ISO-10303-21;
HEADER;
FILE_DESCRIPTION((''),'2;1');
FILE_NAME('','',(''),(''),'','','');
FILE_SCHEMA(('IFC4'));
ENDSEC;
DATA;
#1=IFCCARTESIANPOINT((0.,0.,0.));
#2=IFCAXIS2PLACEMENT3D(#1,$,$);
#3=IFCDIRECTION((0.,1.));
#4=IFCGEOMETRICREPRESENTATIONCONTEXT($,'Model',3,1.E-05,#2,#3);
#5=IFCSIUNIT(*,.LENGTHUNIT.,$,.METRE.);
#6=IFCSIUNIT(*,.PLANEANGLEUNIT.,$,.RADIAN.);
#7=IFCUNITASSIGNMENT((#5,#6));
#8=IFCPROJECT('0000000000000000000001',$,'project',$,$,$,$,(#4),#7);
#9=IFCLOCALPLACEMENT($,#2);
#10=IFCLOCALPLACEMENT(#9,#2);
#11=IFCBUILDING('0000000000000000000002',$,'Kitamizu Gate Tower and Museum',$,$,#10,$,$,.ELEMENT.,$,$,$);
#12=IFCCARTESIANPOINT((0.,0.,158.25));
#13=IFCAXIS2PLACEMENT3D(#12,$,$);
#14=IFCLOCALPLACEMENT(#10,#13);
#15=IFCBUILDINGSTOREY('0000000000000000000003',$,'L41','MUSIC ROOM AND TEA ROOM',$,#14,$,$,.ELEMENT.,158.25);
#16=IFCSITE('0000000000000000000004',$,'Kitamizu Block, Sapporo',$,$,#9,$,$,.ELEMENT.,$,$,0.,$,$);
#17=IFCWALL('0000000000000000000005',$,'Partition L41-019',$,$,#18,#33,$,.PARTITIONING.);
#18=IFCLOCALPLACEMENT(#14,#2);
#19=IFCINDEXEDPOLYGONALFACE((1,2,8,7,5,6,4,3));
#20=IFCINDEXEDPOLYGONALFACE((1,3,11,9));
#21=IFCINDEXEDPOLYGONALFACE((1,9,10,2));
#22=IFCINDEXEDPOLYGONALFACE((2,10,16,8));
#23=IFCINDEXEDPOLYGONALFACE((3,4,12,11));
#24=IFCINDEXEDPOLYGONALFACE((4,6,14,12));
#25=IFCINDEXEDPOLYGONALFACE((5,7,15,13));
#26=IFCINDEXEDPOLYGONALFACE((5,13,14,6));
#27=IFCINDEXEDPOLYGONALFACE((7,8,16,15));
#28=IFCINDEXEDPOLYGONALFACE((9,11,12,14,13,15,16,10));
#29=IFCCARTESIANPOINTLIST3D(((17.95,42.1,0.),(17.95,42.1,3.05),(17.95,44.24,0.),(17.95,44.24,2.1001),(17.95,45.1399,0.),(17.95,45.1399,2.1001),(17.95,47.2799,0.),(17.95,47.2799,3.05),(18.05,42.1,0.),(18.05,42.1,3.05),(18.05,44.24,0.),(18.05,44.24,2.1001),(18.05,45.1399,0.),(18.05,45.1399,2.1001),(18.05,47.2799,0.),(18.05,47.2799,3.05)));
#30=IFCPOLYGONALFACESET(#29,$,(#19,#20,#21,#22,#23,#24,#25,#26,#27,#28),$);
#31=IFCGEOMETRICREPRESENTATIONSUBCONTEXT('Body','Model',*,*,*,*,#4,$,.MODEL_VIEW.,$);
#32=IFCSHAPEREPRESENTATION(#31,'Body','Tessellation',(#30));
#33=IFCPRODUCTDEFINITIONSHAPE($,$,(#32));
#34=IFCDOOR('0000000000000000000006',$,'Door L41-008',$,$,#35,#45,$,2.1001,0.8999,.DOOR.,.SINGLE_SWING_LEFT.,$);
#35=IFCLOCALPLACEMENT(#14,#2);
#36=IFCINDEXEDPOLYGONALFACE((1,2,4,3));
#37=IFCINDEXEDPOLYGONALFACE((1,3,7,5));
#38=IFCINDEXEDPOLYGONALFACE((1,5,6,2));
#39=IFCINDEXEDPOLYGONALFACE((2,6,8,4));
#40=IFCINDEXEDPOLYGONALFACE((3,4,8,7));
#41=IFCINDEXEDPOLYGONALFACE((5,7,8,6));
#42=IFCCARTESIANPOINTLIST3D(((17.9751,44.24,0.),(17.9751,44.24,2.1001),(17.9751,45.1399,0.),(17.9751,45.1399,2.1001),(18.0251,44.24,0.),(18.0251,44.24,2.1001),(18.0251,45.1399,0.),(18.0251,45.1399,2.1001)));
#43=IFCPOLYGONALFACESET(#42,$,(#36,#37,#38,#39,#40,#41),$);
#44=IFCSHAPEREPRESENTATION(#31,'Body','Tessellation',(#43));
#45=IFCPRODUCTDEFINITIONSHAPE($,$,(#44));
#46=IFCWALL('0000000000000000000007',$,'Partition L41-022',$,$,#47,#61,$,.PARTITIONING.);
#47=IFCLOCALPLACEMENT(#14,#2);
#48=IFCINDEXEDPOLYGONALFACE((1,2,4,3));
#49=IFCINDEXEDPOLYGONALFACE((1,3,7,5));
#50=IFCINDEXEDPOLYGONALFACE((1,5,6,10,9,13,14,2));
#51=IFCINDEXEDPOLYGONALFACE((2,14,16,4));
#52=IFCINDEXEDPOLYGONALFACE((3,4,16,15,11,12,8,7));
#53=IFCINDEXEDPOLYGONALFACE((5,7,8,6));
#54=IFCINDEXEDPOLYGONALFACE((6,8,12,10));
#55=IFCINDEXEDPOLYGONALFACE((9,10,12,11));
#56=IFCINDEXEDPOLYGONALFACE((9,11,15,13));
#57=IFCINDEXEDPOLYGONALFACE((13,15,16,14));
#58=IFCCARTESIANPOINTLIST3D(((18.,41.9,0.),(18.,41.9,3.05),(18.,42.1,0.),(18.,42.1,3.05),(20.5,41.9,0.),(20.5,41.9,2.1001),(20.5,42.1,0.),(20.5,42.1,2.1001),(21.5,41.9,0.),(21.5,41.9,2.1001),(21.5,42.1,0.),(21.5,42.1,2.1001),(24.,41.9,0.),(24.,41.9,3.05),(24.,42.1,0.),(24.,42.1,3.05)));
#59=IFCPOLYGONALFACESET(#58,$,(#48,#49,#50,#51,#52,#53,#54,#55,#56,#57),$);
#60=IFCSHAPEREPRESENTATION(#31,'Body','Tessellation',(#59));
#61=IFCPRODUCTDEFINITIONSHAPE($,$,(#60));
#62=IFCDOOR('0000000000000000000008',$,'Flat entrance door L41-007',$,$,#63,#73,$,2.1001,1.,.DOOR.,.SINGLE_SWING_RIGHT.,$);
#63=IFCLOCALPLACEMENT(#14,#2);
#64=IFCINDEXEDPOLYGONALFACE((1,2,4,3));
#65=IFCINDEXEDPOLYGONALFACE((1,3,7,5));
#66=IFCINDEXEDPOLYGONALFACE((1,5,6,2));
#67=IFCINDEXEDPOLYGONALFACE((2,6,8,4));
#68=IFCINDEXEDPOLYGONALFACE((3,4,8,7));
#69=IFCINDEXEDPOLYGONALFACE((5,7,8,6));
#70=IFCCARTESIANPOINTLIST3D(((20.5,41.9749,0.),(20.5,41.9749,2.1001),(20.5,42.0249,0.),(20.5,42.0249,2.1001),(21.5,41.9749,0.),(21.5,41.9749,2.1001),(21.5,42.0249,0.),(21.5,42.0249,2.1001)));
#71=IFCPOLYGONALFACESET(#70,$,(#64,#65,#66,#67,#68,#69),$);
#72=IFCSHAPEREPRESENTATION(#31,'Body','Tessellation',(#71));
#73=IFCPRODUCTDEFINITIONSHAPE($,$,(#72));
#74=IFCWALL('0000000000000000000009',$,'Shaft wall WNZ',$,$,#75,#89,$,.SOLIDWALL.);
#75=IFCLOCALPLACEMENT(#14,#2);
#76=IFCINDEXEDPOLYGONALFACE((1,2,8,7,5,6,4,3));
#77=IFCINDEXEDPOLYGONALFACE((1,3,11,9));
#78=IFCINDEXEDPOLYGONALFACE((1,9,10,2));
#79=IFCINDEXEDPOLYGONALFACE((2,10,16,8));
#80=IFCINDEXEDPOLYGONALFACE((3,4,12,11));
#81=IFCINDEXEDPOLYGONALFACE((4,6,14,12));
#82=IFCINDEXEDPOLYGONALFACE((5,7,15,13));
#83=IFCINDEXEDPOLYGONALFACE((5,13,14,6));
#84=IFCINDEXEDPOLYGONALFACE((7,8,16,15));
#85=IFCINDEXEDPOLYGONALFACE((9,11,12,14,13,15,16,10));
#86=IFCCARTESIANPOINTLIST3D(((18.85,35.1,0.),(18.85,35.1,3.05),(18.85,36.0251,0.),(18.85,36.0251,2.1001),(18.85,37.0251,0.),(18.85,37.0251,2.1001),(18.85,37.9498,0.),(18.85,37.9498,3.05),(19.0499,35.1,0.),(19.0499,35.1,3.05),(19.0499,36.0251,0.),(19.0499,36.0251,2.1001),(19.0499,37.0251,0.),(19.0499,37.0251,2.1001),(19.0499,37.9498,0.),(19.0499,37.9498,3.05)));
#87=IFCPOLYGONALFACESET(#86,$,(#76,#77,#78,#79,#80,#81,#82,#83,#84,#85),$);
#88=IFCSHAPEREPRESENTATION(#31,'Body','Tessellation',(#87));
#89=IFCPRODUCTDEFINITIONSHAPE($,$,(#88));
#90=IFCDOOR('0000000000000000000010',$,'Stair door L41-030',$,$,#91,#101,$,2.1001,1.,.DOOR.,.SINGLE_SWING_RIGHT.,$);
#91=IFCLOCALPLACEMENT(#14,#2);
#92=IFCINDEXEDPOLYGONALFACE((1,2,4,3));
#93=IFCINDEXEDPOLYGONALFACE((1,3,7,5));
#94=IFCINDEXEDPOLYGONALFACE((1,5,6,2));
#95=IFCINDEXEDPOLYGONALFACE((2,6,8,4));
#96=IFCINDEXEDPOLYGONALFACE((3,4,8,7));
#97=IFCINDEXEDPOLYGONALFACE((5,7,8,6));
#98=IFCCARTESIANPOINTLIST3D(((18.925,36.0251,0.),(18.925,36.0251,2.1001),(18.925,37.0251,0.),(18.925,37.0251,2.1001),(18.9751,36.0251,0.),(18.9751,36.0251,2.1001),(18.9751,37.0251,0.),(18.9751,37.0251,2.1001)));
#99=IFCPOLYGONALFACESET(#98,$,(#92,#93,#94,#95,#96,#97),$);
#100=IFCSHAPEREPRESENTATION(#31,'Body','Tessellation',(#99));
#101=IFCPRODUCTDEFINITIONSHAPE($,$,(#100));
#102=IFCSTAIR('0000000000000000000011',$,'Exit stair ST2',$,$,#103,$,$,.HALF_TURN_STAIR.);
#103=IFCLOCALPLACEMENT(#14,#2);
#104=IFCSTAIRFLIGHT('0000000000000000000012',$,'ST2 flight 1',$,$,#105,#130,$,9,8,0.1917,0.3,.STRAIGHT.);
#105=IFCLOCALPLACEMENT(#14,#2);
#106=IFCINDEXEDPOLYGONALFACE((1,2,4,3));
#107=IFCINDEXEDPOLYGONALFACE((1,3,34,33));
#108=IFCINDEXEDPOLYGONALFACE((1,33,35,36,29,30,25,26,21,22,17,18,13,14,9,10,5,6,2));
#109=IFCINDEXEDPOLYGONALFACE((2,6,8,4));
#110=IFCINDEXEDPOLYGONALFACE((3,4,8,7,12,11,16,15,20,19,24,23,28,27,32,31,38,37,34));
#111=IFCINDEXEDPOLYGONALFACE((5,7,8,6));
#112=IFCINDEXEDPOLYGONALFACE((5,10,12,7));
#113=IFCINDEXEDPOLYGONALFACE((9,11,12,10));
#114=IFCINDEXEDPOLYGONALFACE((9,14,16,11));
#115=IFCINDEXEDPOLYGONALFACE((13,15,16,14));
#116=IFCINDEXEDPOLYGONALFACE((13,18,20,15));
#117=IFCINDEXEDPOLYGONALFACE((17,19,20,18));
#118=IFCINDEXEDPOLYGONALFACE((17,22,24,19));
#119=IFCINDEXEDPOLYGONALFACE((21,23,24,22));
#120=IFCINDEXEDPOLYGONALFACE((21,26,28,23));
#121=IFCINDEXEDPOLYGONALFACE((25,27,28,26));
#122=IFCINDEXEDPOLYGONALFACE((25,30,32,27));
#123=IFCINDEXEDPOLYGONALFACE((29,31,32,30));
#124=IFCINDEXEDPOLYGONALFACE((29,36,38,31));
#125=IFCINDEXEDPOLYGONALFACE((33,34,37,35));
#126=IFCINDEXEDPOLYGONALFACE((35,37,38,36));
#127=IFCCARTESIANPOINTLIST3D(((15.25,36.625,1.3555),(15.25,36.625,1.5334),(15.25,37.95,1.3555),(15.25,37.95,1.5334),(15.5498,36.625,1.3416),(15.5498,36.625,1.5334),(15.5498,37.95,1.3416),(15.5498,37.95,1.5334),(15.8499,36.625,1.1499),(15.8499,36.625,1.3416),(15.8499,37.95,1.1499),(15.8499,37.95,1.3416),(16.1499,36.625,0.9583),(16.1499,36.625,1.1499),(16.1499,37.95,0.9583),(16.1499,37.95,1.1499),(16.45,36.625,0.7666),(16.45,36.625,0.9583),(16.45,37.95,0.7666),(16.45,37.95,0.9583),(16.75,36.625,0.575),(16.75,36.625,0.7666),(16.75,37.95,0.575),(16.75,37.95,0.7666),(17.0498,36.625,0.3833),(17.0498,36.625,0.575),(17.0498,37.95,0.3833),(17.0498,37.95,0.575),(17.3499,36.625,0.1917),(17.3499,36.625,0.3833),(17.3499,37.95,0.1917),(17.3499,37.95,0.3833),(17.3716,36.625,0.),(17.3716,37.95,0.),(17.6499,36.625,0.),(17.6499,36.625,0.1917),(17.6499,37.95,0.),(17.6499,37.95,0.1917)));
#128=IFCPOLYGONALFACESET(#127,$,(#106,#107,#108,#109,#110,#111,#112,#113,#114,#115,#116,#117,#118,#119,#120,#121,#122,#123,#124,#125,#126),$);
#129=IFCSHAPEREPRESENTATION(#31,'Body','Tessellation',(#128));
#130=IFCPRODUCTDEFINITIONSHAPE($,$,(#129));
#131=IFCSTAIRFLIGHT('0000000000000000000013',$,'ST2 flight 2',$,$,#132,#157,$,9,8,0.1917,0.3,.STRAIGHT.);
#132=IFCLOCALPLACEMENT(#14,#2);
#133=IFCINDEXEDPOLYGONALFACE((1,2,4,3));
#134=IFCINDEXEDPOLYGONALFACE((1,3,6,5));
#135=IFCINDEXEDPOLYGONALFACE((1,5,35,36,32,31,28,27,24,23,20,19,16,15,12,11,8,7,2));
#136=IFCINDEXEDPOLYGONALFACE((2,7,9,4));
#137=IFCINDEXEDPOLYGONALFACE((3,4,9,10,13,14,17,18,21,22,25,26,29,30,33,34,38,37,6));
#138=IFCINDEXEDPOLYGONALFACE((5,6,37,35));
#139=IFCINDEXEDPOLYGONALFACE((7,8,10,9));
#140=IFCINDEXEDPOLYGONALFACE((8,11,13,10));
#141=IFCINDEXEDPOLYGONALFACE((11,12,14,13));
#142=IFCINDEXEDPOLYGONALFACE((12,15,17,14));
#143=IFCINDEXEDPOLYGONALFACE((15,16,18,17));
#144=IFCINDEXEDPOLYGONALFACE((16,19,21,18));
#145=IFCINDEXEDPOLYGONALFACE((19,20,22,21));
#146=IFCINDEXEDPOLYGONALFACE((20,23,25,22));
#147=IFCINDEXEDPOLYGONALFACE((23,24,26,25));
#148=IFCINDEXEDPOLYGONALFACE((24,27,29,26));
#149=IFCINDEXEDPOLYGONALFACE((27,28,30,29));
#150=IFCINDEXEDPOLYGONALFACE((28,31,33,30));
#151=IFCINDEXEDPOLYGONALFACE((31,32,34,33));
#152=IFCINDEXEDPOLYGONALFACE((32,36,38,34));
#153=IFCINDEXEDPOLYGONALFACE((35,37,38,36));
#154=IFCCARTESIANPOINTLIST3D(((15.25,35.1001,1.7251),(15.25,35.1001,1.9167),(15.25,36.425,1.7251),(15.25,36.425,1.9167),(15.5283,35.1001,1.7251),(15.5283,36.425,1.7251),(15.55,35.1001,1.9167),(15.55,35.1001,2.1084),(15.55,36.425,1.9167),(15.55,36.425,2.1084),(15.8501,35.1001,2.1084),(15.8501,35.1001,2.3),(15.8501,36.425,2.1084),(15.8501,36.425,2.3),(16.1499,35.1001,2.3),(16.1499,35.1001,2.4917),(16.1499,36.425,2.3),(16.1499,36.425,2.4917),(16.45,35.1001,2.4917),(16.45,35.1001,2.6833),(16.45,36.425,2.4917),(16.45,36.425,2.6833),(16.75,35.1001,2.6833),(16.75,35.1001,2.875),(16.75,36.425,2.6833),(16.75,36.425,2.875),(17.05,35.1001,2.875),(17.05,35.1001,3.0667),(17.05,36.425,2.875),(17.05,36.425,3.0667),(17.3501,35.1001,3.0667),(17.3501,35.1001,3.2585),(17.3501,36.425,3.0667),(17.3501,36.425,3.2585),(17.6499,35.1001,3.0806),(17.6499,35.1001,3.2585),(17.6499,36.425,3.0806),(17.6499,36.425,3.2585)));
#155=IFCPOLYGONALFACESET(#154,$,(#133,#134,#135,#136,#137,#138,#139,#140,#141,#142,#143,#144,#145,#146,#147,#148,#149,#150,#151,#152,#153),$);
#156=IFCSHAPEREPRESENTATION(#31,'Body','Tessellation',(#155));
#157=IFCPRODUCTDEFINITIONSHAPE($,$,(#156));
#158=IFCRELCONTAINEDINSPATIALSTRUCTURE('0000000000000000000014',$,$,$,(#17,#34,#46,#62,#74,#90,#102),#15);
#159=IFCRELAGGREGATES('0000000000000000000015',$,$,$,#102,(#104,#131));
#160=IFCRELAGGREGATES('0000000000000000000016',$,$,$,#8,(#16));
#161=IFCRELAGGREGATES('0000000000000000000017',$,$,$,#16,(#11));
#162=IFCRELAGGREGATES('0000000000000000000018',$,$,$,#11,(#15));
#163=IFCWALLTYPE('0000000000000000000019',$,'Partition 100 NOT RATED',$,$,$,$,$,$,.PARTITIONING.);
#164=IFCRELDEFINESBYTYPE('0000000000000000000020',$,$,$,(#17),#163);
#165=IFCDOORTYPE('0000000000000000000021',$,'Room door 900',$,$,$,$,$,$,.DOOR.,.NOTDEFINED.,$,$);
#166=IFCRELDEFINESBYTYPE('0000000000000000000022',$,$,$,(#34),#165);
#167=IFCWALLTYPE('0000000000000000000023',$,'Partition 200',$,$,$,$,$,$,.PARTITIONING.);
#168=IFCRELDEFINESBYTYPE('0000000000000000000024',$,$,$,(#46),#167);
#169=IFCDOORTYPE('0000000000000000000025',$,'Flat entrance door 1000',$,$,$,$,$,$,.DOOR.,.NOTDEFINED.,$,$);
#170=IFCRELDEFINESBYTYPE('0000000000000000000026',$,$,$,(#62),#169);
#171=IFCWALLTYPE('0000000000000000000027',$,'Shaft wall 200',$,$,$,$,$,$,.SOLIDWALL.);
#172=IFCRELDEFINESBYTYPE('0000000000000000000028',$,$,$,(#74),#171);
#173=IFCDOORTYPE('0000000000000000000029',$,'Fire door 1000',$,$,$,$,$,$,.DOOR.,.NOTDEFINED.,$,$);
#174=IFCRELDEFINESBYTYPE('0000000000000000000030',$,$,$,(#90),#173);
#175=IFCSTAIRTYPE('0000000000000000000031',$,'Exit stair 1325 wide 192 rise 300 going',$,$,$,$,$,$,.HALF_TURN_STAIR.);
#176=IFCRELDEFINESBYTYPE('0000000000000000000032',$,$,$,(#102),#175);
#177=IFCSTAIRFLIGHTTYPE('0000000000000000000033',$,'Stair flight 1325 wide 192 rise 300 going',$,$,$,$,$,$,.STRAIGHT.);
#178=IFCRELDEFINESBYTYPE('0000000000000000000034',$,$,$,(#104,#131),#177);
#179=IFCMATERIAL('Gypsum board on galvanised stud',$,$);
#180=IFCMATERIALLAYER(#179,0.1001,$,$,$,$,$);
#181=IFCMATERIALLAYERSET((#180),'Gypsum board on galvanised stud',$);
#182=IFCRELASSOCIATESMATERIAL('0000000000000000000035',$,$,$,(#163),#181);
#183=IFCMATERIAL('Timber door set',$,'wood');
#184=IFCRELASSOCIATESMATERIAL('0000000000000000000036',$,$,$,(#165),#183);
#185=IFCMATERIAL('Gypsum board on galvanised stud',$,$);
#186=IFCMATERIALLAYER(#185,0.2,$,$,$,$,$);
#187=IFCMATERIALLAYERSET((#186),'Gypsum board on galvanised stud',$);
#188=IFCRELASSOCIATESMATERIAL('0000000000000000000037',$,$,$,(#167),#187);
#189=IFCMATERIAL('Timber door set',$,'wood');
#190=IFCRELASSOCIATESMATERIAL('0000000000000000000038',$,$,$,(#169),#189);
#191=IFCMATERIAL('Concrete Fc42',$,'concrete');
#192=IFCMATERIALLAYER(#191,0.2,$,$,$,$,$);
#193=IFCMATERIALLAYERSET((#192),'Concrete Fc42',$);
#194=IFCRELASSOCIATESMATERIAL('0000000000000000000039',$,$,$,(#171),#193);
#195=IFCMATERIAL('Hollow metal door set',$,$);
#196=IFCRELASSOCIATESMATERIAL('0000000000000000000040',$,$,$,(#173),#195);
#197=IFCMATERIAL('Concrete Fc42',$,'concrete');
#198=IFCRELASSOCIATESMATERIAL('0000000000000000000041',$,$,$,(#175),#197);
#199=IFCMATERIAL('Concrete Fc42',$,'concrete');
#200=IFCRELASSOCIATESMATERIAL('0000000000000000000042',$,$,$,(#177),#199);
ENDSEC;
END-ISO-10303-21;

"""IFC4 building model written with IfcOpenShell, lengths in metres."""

from ifc_helpers import new_model, si_unit, direction, frame, frame_2d, origin, place, context, subcontext, project, spatial, polyline, rectangle, outline, extrude, material, layer, layer_set, type_object, element, fill, aggregate, save


model = new_model("IFC4")

# Units and contexts
model_context = context("Model", 3, precision=1e-05, world=origin(), true_north=direction((0.0, 1.0)))
body_context = subcontext(model_context, "Body", "Model", "MODEL_VIEW")
ifc_project = project(units=[si_unit("LENGTHUNIT", "METRE"), si_unit("PLANEANGLEUNIT", "RADIAN")], contexts=[model_context])

# Site, building, storey
site_placement = place(None, origin())
site = spatial("IfcSite", under=ifc_project, at=site_placement, Name="Kitamizu Block, Sapporo", CompositionType="ELEMENT", RefElevation=0.0)
building_placement = place(site_placement, origin())
building = spatial("IfcBuilding", under=site, at=building_placement, Name="Kitamizu Gate Tower and Museum", CompositionType="ELEMENT")
storey_placement = place(building_placement, frame((0.0, 0.0, 158.25)))
storey = spatial("IfcBuildingStorey", under=building, at=storey_placement, Name="L41", Description="MUSIC ROOM AND TEA ROOM", CompositionType="ELEMENT", Elevation=158.25)

# Walls, openings, doors
ifc_material_1 = material(Name="Gypsum board on galvanised stud")
ifc_layer_1 = layer(ifc_material_1, 0.1001)
ifc_layer_set_1 = layer_set([ifc_layer_1], Name="Gypsum board on galvanised stud")
wall_type_1 = type_object("IfcWallType", Name="Partition 100 NOT RATED", PredefinedType="PARTITIONING", material=ifc_layer_set_1)
wall_1_placement = place(storey_placement, frame((18.0, 42.1001, 0.0), z_axis=(0.0, 0.0, 1.0), x_axis=(0.0, 1.0, 0.0)))
wall_1 = element("IfcWall", 1, at=wall_1_placement, inside=storey, type_object=wall_type_1, Name="Partition L41-019", PredefinedType="PARTITIONING", context=body_context, shape_type="SweptSolid", body=[
    extrude(rectangle(XDim=5.1799, YDim=0.1001, at=frame_2d((2.5898, 0.0))), origin(), (0.0, 0.0, 1.0), 3.05),
])
opening_1_placement = place(wall_1_placement, frame((2.1399, 0.0, 0.0)))
opening_1 = element("IfcOpeningElement", 2, at=opening_1_placement, cuts=wall_1, PredefinedType="OPENING", context=body_context, shape_type="SweptSolid", body=[
    extrude(rectangle(XDim=0.8999, YDim=2.1001, at=frame_2d((0.45, 1.05))), frame((0.0, 0.0601, 0.0), z_axis=(0.0, -1.0, 0.0), x_axis=(1.0, 0.0, 0.0)), (0.0, 0.0, 1.0), 0.1201),
])
ifc_material_2 = material(Name="Timber door set", Category="wood")
door_type_1 = type_object("IfcDoorType", Name="Room door 900", OperationType="NOTDEFINED", PredefinedType="DOOR", material=ifc_material_2)
door_1_placement = place(opening_1_placement, origin())
door_1 = element("IfcDoor", 3, at=door_1_placement, inside=storey, type_object=door_type_1, Name="Door L41-008", OperationType="SINGLE_SWING_LEFT", OverallHeight=2.1001, OverallWidth=0.8999, PredefinedType="DOOR", context=body_context, shape_type="SweptSolid", body=[
    extrude(rectangle(XDim=0.8999, YDim=2.1001, at=frame_2d((0.45, 1.05))), frame((0.0, 0.0249, 0.0), z_axis=(0.0, -1.0, 0.0), x_axis=(1.0, 0.0, 0.0)), (0.0, 0.0, 1.0), 0.05),
])
fill(opening_1, door_1)
ifc_material_3 = material(Name="Gypsum board on galvanised stud")
ifc_layer_2 = layer(ifc_material_3, 0.2)
ifc_layer_set_2 = layer_set([ifc_layer_2], Name="Gypsum board on galvanised stud")
wall_type_2 = type_object("IfcWallType", Name="Partition 200", PredefinedType="PARTITIONING", material=ifc_layer_set_2)
wall_2_placement = place(storey_placement, frame((18.0, 42.0, 0.0), z_axis=(0.0, 0.0, 1.0), x_axis=(1.0, 0.0, 0.0)))
wall_2 = element("IfcWall", 4, at=wall_2_placement, inside=storey, type_object=wall_type_2, Name="Partition L41-022", PredefinedType="PARTITIONING", context=body_context, shape_type="SweptSolid", body=[
    extrude(rectangle(XDim=6.0, YDim=0.2, at=frame_2d((3.0, 0.0))), origin(), (0.0, 0.0, 1.0), 3.05),
])
opening_2_placement = place(wall_2_placement, frame((2.5, 0.0, 0.0)))
opening_2 = element("IfcOpeningElement", 5, at=opening_2_placement, cuts=wall_2, PredefinedType="OPENING", context=body_context, shape_type="SweptSolid", body=[
    extrude(rectangle(XDim=1.0, YDim=2.1001, at=frame_2d((0.5, 1.05))), frame((0.0, 0.1099, 0.0), z_axis=(0.0, -1.0, 0.0), x_axis=(1.0, 0.0, 0.0)), (0.0, 0.0, 1.0), 0.22),
])
ifc_material_4 = material(Name="Timber door set", Category="wood")
door_type_2 = type_object("IfcDoorType", Name="Flat entrance door 1000", OperationType="NOTDEFINED", PredefinedType="DOOR", material=ifc_material_4)
door_2_placement = place(opening_2_placement, origin())
door_2 = element("IfcDoor", 6, at=door_2_placement, inside=storey, type_object=door_type_2, Name="Flat entrance door L41-007", OperationType="SINGLE_SWING_RIGHT", OverallHeight=2.1001, OverallWidth=1.0, PredefinedType="DOOR", context=body_context, shape_type="SweptSolid", body=[
    extrude(rectangle(XDim=1.0, YDim=2.1001, at=frame_2d((0.5, 1.05))), frame((0.0, 0.0249, 0.0), z_axis=(0.0, -1.0, 0.0), x_axis=(1.0, 0.0, 0.0)), (0.0, 0.0, 1.0), 0.05),
])
fill(opening_2, door_2)
ifc_material_5 = material(Name="Concrete Fc42", Category="concrete")
ifc_layer_3 = layer(ifc_material_5, 0.2)
ifc_layer_set_3 = layer_set([ifc_layer_3], Name="Concrete Fc42")
wall_type_3 = type_object("IfcWallType", Name="Shaft wall 200", PredefinedType="SOLIDWALL", material=ifc_layer_set_3)
wall_3_placement = place(storey_placement, frame((18.95, 35.1001, 0.0), z_axis=(0.0, 0.0, 1.0), x_axis=(0.0, 1.0, 0.0)))
wall_3 = element("IfcWall", 7, at=wall_3_placement, inside=storey, type_object=wall_type_3, Name="Shaft wall WNZ", PredefinedType="SOLIDWALL", context=body_context, shape_type="SweptSolid", body=[
    extrude(rectangle(XDim=2.8499, YDim=0.2, at=frame_2d((1.4248, 0.0))), origin(), (0.0, 0.0, 1.0), 3.05),
])
opening_3_placement = place(wall_3_placement, frame((0.925, 0.0, 0.0)))
opening_3 = element("IfcOpeningElement", 8, at=opening_3_placement, cuts=wall_3, PredefinedType="OPENING", context=body_context, shape_type="SweptSolid", body=[
    extrude(rectangle(XDim=1.0, YDim=2.1001, at=frame_2d((0.5, 1.05))), frame((0.0, 0.1099, 0.0), z_axis=(0.0, -1.0, 0.0), x_axis=(1.0, 0.0, 0.0)), (0.0, 0.0, 1.0), 0.22),
])
ifc_material_6 = material(Name="Hollow metal door set")
door_type_3 = type_object("IfcDoorType", Name="Fire door 1000", OperationType="NOTDEFINED", PredefinedType="DOOR", material=ifc_material_6)
door_3_placement = place(opening_3_placement, origin())
door_3 = element("IfcDoor", 9, at=door_3_placement, inside=storey, type_object=door_type_3, Name="Stair door L41-030", OperationType="SINGLE_SWING_RIGHT", OverallHeight=2.1001, OverallWidth=1.0, PredefinedType="DOOR", context=body_context, shape_type="SweptSolid", body=[
    extrude(rectangle(XDim=1.0, YDim=2.1001, at=frame_2d((0.5, 1.05))), frame((0.0, 0.0249, 0.0), z_axis=(0.0, -1.0, 0.0), x_axis=(1.0, 0.0, 0.0)), (0.0, 0.0, 1.0), 0.05),
])
fill(opening_3, door_3)

# Stair, stair flights
ifc_material_7 = material(Name="Concrete Fc42", Category="concrete")
stair_type = type_object("IfcStairType", Name="Exit stair 1325 wide 192 rise 300 going", PredefinedType="HALF_TURN_STAIR", material=ifc_material_7)
stair_placement = place(storey_placement, origin())
stair = element("IfcStair", 10, at=stair_placement, inside=storey, type_object=stair_type, Name="Exit stair ST2", PredefinedType="HALF_TURN_STAIR")
ifc_material_8 = material(Name="Concrete Fc42", Category="concrete")
stair_flight_type = type_object("IfcStairFlightType", Name="Stair flight 1325 wide 192 rise 300 going", PredefinedType="STRAIGHT", material=ifc_material_8)
stair_flight_1_placement = place(storey_placement, frame((17.6499, 37.2876, 0.0), z_axis=(0.0, 0.0, 1.0), x_axis=(-1.0, 0.0, 0.0)))
stair_flight_1 = element("IfcStairFlight", 11, at=stair_flight_1_placement, type_object=stair_flight_type, Name="ST2 flight 1", NumberOfRisers=9, NumberOfTreads=8, PredefinedType="STRAIGHT", RiserHeight=0.1917, TreadLength=0.3, context=body_context, shape_type="SweptSolid", body=[
    extrude(outline(polyline([(0.0, 0.0), (0.0, 0.1917), (0.3, 0.1917), (0.3, 0.3833), (0.6001, 0.3833), (0.6001, 0.575), (0.8999, 0.575), (0.8999, 0.7666), (1.2, 0.7666), (1.2, 0.9583), (1.5, 0.9583), (1.5, 1.1499), (1.8, 1.1499), (1.8, 1.3416), (2.1001, 1.3416), (2.1001, 1.5334), (2.3999, 1.5334), (2.3999, 1.7251), (2.3999, 1.3555), (0.2783, 0.0), (0.0, 0.0)])), frame((0.0, 0.6626, 0.0), z_axis=(0.0, -1.0, 0.0), x_axis=(1.0, 0.0, 0.0)), (0.0, 0.0, 1.0), 1.325),
])
stair_flight_2_placement = place(storey_placement, frame((15.25, 35.7625, 1.7251), z_axis=(0.0, 0.0, 1.0), x_axis=(1.0, 0.0, 0.0)))
stair_flight_2 = element("IfcStairFlight", 12, at=stair_flight_2_placement, type_object=stair_flight_type, Name="ST2 flight 2", NumberOfRisers=9, NumberOfTreads=8, PredefinedType="STRAIGHT", RiserHeight=0.1917, TreadLength=0.3, context=body_context, shape_type="SweptSolid", body=[
    extrude(outline(polyline([(0.0, 0.0), (0.0, 0.1917), (0.3, 0.1917), (0.3, 0.3833), (0.6001, 0.3833), (0.6001, 0.575), (0.8999, 0.575), (0.8999, 0.7666), (1.2, 0.7666), (1.2, 0.9583), (1.5, 0.9583), (1.5, 1.1499), (1.8, 1.1499), (1.8, 1.3416), (2.1001, 1.3416), (2.1001, 1.5334), (2.3999, 1.5334), (2.3999, 1.7251), (2.3999, 1.3555), (0.2783, 0.0), (0.0, 0.0)])), frame((0.0, 0.6626, 0.0), z_axis=(0.0, -1.0, 0.0), x_axis=(1.0, 0.0, 0.0)), (0.0, 0.0, 1.0), 1.325),
])
aggregate(stair, [stair_flight_1, stair_flight_2])

save(model, "model.ifc")
